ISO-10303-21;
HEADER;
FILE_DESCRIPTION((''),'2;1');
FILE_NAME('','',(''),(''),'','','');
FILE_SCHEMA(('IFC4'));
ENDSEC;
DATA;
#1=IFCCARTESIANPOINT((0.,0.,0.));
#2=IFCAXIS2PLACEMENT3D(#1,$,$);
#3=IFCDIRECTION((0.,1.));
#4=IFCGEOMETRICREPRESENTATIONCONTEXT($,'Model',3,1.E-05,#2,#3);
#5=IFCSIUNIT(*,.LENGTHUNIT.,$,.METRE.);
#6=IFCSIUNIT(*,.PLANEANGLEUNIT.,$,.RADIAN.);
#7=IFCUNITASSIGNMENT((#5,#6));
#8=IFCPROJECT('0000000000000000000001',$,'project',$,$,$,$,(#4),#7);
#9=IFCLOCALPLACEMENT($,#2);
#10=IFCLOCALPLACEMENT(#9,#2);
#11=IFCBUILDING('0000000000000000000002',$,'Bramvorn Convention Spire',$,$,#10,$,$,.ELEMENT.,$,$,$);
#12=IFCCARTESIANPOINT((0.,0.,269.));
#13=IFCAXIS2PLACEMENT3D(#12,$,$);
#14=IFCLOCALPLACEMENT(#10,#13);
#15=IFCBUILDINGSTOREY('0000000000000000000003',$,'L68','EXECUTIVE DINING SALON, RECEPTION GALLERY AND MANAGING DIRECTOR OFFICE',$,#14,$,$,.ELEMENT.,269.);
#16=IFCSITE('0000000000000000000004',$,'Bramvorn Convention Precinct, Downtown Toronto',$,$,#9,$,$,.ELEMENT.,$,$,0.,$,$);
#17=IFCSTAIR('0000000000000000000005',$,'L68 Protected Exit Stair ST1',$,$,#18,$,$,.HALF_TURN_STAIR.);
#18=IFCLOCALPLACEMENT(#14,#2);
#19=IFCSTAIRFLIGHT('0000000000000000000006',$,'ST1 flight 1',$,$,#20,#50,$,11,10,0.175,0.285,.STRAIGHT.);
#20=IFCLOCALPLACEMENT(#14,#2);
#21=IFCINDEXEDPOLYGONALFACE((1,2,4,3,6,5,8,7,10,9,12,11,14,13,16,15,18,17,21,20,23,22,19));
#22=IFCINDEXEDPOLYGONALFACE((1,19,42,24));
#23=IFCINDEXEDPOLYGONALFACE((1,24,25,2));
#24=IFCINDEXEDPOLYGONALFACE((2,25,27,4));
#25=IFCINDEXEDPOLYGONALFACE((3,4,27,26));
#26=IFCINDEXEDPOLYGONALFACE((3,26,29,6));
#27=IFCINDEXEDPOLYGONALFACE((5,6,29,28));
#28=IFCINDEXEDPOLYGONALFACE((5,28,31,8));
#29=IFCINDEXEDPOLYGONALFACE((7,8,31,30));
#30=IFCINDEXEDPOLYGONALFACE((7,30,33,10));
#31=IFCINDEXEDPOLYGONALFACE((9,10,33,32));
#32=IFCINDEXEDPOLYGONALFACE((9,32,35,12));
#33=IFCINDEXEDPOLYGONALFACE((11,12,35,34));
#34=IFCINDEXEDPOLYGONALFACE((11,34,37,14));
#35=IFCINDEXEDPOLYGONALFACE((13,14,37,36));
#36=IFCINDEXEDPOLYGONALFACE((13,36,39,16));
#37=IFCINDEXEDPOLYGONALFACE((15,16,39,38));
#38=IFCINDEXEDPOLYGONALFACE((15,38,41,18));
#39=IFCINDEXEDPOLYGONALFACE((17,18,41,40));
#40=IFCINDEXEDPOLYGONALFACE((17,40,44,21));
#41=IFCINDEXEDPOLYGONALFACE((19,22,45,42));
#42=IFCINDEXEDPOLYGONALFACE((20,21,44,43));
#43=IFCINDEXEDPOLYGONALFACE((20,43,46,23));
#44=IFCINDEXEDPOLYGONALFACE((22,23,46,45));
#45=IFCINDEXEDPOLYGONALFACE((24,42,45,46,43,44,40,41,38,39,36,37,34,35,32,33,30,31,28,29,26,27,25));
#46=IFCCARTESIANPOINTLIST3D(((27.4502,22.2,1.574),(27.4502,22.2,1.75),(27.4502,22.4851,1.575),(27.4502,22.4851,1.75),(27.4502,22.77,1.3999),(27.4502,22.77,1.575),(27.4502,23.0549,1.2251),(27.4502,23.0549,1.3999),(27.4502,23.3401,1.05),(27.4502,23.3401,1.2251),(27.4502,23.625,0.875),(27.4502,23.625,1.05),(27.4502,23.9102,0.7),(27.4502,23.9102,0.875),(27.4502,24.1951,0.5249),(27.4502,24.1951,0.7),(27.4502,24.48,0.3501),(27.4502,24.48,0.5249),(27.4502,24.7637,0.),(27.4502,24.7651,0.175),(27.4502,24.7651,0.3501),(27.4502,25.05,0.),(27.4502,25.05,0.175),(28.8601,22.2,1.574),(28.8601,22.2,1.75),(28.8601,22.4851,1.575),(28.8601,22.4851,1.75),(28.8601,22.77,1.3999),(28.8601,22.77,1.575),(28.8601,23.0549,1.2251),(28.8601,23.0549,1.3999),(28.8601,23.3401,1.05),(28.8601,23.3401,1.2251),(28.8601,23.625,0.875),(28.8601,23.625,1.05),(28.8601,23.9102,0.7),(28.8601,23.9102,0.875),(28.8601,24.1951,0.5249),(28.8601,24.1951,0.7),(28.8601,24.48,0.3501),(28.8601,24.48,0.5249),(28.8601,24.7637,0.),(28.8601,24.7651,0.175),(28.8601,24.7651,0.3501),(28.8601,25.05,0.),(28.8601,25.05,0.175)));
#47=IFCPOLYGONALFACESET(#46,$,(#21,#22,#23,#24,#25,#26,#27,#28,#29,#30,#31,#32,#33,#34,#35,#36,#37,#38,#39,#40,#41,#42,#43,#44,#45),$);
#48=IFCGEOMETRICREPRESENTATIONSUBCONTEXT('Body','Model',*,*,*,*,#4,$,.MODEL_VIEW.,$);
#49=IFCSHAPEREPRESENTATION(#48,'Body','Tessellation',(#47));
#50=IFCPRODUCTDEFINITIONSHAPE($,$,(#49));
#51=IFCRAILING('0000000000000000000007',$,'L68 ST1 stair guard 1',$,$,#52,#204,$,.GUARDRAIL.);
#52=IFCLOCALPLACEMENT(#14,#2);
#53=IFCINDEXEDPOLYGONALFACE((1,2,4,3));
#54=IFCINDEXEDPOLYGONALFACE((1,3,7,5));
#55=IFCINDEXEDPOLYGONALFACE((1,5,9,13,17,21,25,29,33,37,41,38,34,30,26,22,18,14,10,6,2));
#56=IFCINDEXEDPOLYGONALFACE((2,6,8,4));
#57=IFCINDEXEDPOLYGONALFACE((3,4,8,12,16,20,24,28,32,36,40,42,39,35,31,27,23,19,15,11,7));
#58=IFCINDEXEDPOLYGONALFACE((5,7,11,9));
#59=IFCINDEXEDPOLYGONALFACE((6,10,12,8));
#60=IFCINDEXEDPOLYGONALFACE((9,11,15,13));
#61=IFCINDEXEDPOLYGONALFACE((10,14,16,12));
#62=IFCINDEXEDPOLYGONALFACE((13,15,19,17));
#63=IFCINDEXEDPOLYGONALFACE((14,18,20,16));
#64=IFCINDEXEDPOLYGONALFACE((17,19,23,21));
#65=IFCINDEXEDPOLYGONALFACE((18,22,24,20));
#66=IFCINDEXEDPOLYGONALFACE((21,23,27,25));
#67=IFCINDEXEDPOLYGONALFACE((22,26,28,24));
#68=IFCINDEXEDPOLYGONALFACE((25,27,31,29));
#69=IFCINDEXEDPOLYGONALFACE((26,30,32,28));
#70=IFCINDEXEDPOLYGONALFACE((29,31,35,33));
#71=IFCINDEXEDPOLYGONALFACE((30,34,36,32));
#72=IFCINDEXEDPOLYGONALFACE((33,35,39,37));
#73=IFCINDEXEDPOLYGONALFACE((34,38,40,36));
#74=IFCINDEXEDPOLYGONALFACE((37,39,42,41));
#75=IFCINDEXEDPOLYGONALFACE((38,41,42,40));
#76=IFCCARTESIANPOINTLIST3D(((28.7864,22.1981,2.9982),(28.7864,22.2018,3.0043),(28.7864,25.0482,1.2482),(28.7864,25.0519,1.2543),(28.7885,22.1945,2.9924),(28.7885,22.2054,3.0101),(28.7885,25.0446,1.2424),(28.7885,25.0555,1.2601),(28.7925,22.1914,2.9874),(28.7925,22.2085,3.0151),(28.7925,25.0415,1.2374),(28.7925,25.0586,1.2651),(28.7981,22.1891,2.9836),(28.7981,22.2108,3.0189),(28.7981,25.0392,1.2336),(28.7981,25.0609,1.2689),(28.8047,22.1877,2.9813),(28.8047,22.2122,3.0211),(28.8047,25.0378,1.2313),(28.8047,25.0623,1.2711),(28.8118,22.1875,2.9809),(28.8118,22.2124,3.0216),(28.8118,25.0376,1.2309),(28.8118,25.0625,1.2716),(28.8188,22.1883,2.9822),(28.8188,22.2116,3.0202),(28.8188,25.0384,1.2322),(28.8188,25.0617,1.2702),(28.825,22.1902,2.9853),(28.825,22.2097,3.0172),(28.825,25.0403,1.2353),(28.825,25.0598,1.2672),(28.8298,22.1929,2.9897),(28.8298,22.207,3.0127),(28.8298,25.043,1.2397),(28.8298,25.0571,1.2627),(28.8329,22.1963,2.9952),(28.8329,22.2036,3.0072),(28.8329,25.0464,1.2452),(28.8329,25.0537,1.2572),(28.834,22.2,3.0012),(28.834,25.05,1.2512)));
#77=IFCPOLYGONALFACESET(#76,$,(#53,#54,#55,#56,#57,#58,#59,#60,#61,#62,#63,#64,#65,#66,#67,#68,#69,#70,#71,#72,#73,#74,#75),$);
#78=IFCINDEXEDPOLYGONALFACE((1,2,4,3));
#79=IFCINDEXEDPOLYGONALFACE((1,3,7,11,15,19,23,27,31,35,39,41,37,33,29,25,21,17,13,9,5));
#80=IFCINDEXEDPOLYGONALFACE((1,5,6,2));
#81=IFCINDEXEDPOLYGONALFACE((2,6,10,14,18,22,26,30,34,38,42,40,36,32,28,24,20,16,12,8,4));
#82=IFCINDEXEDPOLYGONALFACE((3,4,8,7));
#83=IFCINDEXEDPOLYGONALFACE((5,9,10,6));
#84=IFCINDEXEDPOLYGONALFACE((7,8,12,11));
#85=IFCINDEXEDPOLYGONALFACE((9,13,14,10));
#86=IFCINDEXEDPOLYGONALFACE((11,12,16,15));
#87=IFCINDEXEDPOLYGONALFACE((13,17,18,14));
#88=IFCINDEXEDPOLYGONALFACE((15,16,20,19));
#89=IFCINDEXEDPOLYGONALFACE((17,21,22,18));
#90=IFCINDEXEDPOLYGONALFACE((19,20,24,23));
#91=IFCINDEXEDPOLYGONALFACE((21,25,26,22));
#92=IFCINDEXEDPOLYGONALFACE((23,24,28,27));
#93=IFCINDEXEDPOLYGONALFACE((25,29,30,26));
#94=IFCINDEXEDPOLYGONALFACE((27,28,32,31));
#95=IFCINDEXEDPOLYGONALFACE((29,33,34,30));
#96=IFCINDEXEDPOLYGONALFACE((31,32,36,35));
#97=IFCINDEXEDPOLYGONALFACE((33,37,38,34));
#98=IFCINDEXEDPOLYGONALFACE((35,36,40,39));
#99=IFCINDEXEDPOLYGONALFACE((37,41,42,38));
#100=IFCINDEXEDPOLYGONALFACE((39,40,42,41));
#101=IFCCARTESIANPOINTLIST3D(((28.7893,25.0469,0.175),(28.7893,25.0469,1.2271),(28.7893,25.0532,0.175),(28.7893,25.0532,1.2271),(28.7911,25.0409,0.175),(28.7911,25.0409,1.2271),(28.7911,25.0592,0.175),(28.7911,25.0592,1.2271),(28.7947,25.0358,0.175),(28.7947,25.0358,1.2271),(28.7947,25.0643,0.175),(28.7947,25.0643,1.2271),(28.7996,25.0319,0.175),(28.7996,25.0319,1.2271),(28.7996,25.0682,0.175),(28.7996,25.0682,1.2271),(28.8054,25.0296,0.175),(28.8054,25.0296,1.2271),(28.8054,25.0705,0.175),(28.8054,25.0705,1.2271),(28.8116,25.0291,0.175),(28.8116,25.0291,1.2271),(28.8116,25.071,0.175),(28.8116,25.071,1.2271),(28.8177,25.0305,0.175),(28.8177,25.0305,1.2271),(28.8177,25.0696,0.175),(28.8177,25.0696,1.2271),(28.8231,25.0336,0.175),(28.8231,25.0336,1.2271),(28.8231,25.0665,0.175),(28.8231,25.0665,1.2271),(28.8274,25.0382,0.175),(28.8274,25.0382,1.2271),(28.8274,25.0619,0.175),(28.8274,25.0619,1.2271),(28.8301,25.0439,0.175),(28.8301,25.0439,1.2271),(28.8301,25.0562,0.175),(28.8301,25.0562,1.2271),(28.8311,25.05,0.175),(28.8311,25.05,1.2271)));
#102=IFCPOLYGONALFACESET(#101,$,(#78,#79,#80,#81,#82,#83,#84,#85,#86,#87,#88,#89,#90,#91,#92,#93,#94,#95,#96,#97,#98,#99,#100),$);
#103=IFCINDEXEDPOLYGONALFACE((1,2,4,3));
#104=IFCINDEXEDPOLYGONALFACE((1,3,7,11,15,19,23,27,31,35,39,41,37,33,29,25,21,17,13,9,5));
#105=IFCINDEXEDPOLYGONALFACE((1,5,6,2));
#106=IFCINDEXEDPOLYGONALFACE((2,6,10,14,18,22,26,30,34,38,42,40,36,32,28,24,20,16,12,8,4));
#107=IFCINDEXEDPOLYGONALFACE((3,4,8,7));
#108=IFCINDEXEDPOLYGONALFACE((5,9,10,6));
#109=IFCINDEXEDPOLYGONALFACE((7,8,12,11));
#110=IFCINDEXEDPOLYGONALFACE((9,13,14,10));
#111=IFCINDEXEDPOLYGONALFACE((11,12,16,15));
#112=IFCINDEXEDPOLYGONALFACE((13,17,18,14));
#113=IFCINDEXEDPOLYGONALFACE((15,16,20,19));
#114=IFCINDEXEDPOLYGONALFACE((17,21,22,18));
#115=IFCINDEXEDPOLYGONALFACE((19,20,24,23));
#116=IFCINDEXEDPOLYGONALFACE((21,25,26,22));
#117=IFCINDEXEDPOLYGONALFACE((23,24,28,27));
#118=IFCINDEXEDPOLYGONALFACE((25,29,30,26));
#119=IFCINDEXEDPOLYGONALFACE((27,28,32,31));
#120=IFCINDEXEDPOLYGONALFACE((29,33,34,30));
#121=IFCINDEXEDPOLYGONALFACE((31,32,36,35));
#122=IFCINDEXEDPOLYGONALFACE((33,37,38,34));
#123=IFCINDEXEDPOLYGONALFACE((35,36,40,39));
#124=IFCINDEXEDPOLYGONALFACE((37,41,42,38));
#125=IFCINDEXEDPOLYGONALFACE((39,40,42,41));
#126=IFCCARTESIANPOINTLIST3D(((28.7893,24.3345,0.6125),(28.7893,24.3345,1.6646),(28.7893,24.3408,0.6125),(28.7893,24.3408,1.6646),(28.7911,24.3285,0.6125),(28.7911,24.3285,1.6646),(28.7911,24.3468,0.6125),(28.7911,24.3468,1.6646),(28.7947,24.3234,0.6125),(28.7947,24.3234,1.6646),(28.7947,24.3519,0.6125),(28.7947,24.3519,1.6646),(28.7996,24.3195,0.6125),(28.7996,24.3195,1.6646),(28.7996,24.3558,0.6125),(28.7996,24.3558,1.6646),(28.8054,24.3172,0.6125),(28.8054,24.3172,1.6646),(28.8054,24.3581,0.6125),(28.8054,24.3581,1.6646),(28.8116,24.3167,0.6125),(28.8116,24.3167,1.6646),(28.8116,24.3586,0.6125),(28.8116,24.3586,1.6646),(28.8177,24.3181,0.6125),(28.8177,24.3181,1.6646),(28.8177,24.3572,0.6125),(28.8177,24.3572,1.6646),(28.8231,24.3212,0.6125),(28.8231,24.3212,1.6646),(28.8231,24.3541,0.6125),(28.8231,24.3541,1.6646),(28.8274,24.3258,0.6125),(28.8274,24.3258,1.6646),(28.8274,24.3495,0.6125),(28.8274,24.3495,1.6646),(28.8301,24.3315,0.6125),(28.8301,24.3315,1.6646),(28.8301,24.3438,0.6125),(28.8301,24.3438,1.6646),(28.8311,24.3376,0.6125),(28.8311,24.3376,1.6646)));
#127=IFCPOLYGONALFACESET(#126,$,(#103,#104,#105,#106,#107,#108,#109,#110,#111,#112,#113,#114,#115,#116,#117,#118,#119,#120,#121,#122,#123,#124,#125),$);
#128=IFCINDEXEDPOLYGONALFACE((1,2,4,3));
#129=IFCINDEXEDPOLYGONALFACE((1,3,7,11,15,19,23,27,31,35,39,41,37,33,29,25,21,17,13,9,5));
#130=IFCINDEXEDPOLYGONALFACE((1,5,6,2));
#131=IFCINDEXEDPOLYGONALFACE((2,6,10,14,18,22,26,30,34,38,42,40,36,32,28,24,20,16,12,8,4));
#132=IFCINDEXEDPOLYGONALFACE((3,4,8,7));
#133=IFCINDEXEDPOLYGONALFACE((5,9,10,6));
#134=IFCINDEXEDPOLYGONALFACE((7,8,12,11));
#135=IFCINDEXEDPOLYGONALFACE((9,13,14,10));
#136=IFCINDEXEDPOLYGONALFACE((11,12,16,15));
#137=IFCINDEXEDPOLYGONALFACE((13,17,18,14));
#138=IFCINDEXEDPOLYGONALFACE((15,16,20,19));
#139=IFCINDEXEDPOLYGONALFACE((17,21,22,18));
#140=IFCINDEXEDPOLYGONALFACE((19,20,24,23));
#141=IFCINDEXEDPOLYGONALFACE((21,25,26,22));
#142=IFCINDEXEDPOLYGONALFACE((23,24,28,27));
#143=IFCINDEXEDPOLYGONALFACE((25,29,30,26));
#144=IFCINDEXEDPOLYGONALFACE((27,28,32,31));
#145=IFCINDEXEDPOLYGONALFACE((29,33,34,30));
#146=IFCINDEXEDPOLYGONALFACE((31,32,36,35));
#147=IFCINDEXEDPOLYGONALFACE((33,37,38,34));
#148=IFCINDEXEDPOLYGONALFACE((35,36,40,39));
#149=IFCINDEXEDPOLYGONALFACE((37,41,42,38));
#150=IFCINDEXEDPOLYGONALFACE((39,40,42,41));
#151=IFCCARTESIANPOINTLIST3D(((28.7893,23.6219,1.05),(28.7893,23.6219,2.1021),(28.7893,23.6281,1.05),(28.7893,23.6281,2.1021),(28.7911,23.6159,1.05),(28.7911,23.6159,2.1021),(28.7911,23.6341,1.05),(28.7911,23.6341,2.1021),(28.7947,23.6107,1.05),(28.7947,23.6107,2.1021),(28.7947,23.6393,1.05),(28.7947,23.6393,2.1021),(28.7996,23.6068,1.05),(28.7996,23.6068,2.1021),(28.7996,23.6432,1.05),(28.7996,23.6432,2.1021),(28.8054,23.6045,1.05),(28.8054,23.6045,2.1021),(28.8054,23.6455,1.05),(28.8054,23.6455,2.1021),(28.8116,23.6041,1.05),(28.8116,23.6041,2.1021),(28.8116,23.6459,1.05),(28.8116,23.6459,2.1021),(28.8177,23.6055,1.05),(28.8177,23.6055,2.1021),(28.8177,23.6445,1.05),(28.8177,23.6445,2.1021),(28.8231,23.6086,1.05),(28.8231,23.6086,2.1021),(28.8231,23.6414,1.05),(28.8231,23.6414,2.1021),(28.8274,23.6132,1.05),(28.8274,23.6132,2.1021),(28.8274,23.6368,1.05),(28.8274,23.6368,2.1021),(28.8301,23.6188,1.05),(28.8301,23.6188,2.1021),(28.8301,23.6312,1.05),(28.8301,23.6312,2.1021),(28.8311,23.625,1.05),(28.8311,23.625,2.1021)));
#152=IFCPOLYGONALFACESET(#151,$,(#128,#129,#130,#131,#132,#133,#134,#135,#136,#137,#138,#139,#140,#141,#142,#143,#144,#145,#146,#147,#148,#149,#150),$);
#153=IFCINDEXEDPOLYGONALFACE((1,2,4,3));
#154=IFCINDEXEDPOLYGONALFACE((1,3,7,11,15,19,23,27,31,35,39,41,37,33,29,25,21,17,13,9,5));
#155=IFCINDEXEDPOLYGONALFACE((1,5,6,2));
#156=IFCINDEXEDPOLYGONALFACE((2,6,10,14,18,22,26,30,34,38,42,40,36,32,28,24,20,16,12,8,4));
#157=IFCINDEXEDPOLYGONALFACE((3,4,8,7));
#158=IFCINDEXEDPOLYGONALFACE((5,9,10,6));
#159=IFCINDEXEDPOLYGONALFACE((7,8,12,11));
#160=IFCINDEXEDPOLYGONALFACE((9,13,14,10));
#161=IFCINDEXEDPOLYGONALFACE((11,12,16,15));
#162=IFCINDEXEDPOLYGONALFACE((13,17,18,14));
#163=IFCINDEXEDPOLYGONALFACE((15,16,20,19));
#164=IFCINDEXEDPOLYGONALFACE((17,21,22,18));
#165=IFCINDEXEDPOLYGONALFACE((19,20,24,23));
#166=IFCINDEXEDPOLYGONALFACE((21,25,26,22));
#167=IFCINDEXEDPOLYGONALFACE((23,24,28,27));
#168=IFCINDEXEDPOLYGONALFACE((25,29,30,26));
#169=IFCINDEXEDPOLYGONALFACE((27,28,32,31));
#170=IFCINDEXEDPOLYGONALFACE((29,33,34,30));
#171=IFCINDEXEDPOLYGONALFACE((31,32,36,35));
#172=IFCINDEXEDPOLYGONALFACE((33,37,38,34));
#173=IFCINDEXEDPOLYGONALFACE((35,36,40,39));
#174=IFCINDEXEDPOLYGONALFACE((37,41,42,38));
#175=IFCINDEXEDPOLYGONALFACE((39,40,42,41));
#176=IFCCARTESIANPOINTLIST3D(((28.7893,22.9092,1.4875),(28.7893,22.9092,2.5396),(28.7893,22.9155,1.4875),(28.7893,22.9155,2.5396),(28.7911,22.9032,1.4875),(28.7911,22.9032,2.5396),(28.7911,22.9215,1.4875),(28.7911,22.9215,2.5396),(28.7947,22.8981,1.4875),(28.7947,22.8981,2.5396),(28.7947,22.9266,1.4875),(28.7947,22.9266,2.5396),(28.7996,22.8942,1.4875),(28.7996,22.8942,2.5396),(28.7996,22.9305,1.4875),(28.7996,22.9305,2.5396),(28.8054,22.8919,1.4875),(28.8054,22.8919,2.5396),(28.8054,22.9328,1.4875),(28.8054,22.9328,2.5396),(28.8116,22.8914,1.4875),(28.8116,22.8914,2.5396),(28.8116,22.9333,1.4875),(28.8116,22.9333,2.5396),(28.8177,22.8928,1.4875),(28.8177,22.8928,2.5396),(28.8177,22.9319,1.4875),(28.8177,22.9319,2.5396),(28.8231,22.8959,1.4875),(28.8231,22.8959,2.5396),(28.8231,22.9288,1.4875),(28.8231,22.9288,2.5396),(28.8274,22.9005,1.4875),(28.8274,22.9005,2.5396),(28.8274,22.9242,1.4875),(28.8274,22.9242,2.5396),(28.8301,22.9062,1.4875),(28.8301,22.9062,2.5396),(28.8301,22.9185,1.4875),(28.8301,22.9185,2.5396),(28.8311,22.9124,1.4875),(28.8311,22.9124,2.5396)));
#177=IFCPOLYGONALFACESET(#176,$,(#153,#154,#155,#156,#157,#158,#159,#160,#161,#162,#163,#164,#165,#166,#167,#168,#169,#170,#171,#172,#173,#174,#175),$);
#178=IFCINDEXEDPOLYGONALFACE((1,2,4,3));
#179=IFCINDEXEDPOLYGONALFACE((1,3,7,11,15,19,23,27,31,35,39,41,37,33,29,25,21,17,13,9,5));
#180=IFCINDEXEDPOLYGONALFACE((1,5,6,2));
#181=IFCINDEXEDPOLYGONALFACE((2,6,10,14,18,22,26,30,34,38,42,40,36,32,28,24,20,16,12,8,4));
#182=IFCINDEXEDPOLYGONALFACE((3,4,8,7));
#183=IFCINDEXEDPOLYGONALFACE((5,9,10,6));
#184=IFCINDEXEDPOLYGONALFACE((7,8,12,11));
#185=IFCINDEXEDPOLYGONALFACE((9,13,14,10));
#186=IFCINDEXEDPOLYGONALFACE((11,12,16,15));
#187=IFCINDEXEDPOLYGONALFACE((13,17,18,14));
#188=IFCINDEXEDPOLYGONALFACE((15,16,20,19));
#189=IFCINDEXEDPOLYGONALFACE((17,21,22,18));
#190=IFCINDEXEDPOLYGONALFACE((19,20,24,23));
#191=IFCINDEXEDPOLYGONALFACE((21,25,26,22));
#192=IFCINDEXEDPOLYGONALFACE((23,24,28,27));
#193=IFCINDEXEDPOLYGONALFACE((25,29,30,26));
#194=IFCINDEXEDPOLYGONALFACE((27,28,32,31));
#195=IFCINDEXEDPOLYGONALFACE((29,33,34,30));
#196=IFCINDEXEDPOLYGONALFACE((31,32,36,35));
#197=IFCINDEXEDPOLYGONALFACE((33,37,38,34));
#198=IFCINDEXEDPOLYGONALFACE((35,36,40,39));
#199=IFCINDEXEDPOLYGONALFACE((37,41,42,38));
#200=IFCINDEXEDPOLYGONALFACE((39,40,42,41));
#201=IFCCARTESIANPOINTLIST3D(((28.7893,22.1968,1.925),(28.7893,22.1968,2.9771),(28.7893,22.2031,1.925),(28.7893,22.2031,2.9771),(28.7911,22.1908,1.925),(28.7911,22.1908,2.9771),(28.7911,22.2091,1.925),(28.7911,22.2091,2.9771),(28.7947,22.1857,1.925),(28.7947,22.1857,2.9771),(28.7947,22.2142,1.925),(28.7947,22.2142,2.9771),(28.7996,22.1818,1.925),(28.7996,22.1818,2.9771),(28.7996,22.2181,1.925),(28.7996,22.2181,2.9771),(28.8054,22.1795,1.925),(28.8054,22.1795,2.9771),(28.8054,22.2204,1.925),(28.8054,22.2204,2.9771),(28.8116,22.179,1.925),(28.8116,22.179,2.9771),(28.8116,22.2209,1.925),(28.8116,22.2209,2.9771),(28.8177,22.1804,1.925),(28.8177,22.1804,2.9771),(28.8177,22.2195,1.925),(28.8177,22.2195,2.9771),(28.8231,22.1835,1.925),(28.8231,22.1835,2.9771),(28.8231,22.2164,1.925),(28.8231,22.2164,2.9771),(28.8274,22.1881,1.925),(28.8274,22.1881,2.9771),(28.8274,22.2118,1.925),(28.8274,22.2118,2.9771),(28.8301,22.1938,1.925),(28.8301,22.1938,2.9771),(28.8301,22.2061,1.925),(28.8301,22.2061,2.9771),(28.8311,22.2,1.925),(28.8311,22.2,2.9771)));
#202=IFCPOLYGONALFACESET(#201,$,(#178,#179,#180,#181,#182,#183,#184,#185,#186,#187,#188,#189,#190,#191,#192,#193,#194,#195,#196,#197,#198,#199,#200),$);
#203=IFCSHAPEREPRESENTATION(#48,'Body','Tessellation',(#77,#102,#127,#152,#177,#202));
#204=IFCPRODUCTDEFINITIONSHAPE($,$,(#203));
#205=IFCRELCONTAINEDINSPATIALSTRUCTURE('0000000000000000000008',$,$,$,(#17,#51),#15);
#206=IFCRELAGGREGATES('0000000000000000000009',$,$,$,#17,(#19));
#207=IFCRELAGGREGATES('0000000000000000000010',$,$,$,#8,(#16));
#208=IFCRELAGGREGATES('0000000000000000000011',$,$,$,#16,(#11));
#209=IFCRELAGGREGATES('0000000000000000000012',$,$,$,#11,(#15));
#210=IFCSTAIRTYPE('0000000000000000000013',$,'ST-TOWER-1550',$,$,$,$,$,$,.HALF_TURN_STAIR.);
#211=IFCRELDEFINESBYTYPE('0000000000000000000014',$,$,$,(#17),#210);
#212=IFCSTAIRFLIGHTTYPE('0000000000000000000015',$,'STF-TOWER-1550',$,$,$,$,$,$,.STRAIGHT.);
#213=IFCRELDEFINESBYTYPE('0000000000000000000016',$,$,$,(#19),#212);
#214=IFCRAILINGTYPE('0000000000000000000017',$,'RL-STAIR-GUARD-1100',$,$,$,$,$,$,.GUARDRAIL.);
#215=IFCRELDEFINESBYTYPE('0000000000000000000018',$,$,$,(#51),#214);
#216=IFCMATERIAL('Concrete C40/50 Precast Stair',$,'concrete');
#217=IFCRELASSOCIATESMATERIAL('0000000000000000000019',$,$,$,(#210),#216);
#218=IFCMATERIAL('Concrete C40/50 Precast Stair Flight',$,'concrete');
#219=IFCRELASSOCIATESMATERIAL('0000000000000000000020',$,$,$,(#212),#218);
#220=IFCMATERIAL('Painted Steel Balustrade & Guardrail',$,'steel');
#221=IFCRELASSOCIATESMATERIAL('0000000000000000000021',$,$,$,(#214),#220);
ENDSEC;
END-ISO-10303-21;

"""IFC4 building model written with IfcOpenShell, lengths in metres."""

from ifc_helpers import new_model, si_unit, direction, frame, origin, origin_2d, place, context, subcontext, project, spatial, polyline, circle, outline, extrude, material, type_object, element, aggregate, save


model = new_model("IFC4")

# Units and contexts
model_context = context("Model", 3, precision=1e-05, world=origin(), true_north=direction((0.0, 1.0)))
body_context = subcontext(model_context, "Body", "Model", "MODEL_VIEW")
ifc_project = project(units=[si_unit("LENGTHUNIT", "METRE"), si_unit("PLANEANGLEUNIT", "RADIAN")], contexts=[model_context])

# Site, building, storey
site_placement = place(None, origin())
site = spatial("IfcSite", under=ifc_project, at=site_placement, Name="Bramvorn Convention Precinct, Downtown Toronto", CompositionType="ELEMENT", RefElevation=0.0)
building_placement = place(site_placement, origin())
building = spatial("IfcBuilding", under=site, at=building_placement, Name="Bramvorn Convention Spire", CompositionType="ELEMENT")
storey_placement = place(building_placement, frame((0.0, 0.0, 269.0)))
storey = spatial("IfcBuildingStorey", under=building, at=storey_placement, Name="L68", Description="EXECUTIVE DINING SALON, RECEPTION GALLERY AND MANAGING DIRECTOR OFFICE", CompositionType="ELEMENT", Elevation=269.0)

# Stair, stair flight
ifc_material_1 = material(Name="Concrete C40/50 Precast Stair", Category="concrete")
stair_type = type_object("IfcStairType", Name="ST-TOWER-1550", PredefinedType="HALF_TURN_STAIR", material=ifc_material_1)
stair_placement = place(storey_placement, origin())
stair = element("IfcStair", 1, at=stair_placement, inside=storey, type_object=stair_type, Name="L68 Protected Exit Stair ST1", PredefinedType="HALF_TURN_STAIR")
ifc_material_2 = material(Name="Concrete C40/50 Precast Stair Flight", Category="concrete")
stair_flight_type = type_object("IfcStairFlightType", Name="STF-TOWER-1550", PredefinedType="STRAIGHT", material=ifc_material_2)
stair_flight_placement = place(storey_placement, frame((28.155, 25.05, 0.0), z_axis=(0.0, 0.0, 1.0), x_axis=(0.0, -1.0, 0.0)))
stair_flight = element("IfcStairFlight", 2, at=stair_flight_placement, type_object=stair_flight_type, Name="ST1 flight 1", NumberOfRisers=11, NumberOfTreads=10, PredefinedType="STRAIGHT", RiserHeight=0.175, TreadLength=0.285, context=body_context, shape_type="SweptSolid", body=[
    extrude(outline(polyline([(0.0, 0.0), (0.0, 0.175), (0.2849, 0.175), (0.2849, 0.3501), (0.5701, 0.3501), (0.5701, 0.5249), (0.855, 0.5249), (0.855, 0.7), (1.1399, 0.7), (1.1399, 0.875), (1.425, 0.875), (1.425, 1.05), (1.71, 1.05), (1.71, 1.2251), (1.9951, 1.2251), (1.9951, 1.3999), (2.28, 1.3999), (2.28, 1.575), (2.5649, 1.575), (2.5649, 1.75), (2.8501, 1.75), (2.8501, 1.925), (2.8501, 1.574), (0.2864, 0.0), (0.0, 0.0)])), frame((0.0, 0.7051, 0.0), z_axis=(0.0, -1.0, 0.0), x_axis=(1.0, 0.0, 0.0)), (0.0, 0.0, 1.0), 1.4099),
])
aggregate(stair, [stair_flight])

# Railing
ifc_material_3 = material(Name="Painted Steel Balustrade & Guardrail", Category="steel")
railing_type = type_object("IfcRailingType", Name="RL-STAIR-GUARD-1100", PredefinedType="GUARDRAIL", material=ifc_material_3)
railing_1_placement = place(storey_placement, frame((28.8101, 25.05, 0.175)))
element("IfcRailing", 3, at=railing_1_placement, inside=storey, type_object=railing_type, Name="L68 ST1 stair guard 1", PredefinedType="GUARDRAIL", context=body_context, shape_type="SweptSolid", body=[
    extrude(circle(Radius=0.0239, at=origin_2d()), frame((0.0, 0.0, 1.0762), z_axis=(0.0, -0.852179, 0.52325), x_axis=(1.0, 0.0, 0.0)), (0.0, 0.0, 1.0), 3.3445),
    extrude(circle(Radius=0.021, at=origin_2d()), origin(), (0.0, 0.0, 1.0), 1.052),
    extrude(circle(Radius=0.021, at=origin_2d()), frame((0.0, -0.7124, 0.4375)), (0.0, 0.0, 1.0), 1.052),
    extrude(circle(Radius=0.021, at=origin_2d()), frame((0.0, -1.425, 0.875)), (0.0, 0.0, 1.0), 1.052),
    extrude(circle(Radius=0.021, at=origin_2d()), frame((0.0, -2.1377, 1.3125)), (0.0, 0.0, 1.0), 1.052),
    extrude(circle(Radius=0.021, at=origin_2d()), frame((0.0, -2.8501, 1.75)), (0.0, 0.0, 1.0), 1.052),
])

save(model, "model.ifc")
